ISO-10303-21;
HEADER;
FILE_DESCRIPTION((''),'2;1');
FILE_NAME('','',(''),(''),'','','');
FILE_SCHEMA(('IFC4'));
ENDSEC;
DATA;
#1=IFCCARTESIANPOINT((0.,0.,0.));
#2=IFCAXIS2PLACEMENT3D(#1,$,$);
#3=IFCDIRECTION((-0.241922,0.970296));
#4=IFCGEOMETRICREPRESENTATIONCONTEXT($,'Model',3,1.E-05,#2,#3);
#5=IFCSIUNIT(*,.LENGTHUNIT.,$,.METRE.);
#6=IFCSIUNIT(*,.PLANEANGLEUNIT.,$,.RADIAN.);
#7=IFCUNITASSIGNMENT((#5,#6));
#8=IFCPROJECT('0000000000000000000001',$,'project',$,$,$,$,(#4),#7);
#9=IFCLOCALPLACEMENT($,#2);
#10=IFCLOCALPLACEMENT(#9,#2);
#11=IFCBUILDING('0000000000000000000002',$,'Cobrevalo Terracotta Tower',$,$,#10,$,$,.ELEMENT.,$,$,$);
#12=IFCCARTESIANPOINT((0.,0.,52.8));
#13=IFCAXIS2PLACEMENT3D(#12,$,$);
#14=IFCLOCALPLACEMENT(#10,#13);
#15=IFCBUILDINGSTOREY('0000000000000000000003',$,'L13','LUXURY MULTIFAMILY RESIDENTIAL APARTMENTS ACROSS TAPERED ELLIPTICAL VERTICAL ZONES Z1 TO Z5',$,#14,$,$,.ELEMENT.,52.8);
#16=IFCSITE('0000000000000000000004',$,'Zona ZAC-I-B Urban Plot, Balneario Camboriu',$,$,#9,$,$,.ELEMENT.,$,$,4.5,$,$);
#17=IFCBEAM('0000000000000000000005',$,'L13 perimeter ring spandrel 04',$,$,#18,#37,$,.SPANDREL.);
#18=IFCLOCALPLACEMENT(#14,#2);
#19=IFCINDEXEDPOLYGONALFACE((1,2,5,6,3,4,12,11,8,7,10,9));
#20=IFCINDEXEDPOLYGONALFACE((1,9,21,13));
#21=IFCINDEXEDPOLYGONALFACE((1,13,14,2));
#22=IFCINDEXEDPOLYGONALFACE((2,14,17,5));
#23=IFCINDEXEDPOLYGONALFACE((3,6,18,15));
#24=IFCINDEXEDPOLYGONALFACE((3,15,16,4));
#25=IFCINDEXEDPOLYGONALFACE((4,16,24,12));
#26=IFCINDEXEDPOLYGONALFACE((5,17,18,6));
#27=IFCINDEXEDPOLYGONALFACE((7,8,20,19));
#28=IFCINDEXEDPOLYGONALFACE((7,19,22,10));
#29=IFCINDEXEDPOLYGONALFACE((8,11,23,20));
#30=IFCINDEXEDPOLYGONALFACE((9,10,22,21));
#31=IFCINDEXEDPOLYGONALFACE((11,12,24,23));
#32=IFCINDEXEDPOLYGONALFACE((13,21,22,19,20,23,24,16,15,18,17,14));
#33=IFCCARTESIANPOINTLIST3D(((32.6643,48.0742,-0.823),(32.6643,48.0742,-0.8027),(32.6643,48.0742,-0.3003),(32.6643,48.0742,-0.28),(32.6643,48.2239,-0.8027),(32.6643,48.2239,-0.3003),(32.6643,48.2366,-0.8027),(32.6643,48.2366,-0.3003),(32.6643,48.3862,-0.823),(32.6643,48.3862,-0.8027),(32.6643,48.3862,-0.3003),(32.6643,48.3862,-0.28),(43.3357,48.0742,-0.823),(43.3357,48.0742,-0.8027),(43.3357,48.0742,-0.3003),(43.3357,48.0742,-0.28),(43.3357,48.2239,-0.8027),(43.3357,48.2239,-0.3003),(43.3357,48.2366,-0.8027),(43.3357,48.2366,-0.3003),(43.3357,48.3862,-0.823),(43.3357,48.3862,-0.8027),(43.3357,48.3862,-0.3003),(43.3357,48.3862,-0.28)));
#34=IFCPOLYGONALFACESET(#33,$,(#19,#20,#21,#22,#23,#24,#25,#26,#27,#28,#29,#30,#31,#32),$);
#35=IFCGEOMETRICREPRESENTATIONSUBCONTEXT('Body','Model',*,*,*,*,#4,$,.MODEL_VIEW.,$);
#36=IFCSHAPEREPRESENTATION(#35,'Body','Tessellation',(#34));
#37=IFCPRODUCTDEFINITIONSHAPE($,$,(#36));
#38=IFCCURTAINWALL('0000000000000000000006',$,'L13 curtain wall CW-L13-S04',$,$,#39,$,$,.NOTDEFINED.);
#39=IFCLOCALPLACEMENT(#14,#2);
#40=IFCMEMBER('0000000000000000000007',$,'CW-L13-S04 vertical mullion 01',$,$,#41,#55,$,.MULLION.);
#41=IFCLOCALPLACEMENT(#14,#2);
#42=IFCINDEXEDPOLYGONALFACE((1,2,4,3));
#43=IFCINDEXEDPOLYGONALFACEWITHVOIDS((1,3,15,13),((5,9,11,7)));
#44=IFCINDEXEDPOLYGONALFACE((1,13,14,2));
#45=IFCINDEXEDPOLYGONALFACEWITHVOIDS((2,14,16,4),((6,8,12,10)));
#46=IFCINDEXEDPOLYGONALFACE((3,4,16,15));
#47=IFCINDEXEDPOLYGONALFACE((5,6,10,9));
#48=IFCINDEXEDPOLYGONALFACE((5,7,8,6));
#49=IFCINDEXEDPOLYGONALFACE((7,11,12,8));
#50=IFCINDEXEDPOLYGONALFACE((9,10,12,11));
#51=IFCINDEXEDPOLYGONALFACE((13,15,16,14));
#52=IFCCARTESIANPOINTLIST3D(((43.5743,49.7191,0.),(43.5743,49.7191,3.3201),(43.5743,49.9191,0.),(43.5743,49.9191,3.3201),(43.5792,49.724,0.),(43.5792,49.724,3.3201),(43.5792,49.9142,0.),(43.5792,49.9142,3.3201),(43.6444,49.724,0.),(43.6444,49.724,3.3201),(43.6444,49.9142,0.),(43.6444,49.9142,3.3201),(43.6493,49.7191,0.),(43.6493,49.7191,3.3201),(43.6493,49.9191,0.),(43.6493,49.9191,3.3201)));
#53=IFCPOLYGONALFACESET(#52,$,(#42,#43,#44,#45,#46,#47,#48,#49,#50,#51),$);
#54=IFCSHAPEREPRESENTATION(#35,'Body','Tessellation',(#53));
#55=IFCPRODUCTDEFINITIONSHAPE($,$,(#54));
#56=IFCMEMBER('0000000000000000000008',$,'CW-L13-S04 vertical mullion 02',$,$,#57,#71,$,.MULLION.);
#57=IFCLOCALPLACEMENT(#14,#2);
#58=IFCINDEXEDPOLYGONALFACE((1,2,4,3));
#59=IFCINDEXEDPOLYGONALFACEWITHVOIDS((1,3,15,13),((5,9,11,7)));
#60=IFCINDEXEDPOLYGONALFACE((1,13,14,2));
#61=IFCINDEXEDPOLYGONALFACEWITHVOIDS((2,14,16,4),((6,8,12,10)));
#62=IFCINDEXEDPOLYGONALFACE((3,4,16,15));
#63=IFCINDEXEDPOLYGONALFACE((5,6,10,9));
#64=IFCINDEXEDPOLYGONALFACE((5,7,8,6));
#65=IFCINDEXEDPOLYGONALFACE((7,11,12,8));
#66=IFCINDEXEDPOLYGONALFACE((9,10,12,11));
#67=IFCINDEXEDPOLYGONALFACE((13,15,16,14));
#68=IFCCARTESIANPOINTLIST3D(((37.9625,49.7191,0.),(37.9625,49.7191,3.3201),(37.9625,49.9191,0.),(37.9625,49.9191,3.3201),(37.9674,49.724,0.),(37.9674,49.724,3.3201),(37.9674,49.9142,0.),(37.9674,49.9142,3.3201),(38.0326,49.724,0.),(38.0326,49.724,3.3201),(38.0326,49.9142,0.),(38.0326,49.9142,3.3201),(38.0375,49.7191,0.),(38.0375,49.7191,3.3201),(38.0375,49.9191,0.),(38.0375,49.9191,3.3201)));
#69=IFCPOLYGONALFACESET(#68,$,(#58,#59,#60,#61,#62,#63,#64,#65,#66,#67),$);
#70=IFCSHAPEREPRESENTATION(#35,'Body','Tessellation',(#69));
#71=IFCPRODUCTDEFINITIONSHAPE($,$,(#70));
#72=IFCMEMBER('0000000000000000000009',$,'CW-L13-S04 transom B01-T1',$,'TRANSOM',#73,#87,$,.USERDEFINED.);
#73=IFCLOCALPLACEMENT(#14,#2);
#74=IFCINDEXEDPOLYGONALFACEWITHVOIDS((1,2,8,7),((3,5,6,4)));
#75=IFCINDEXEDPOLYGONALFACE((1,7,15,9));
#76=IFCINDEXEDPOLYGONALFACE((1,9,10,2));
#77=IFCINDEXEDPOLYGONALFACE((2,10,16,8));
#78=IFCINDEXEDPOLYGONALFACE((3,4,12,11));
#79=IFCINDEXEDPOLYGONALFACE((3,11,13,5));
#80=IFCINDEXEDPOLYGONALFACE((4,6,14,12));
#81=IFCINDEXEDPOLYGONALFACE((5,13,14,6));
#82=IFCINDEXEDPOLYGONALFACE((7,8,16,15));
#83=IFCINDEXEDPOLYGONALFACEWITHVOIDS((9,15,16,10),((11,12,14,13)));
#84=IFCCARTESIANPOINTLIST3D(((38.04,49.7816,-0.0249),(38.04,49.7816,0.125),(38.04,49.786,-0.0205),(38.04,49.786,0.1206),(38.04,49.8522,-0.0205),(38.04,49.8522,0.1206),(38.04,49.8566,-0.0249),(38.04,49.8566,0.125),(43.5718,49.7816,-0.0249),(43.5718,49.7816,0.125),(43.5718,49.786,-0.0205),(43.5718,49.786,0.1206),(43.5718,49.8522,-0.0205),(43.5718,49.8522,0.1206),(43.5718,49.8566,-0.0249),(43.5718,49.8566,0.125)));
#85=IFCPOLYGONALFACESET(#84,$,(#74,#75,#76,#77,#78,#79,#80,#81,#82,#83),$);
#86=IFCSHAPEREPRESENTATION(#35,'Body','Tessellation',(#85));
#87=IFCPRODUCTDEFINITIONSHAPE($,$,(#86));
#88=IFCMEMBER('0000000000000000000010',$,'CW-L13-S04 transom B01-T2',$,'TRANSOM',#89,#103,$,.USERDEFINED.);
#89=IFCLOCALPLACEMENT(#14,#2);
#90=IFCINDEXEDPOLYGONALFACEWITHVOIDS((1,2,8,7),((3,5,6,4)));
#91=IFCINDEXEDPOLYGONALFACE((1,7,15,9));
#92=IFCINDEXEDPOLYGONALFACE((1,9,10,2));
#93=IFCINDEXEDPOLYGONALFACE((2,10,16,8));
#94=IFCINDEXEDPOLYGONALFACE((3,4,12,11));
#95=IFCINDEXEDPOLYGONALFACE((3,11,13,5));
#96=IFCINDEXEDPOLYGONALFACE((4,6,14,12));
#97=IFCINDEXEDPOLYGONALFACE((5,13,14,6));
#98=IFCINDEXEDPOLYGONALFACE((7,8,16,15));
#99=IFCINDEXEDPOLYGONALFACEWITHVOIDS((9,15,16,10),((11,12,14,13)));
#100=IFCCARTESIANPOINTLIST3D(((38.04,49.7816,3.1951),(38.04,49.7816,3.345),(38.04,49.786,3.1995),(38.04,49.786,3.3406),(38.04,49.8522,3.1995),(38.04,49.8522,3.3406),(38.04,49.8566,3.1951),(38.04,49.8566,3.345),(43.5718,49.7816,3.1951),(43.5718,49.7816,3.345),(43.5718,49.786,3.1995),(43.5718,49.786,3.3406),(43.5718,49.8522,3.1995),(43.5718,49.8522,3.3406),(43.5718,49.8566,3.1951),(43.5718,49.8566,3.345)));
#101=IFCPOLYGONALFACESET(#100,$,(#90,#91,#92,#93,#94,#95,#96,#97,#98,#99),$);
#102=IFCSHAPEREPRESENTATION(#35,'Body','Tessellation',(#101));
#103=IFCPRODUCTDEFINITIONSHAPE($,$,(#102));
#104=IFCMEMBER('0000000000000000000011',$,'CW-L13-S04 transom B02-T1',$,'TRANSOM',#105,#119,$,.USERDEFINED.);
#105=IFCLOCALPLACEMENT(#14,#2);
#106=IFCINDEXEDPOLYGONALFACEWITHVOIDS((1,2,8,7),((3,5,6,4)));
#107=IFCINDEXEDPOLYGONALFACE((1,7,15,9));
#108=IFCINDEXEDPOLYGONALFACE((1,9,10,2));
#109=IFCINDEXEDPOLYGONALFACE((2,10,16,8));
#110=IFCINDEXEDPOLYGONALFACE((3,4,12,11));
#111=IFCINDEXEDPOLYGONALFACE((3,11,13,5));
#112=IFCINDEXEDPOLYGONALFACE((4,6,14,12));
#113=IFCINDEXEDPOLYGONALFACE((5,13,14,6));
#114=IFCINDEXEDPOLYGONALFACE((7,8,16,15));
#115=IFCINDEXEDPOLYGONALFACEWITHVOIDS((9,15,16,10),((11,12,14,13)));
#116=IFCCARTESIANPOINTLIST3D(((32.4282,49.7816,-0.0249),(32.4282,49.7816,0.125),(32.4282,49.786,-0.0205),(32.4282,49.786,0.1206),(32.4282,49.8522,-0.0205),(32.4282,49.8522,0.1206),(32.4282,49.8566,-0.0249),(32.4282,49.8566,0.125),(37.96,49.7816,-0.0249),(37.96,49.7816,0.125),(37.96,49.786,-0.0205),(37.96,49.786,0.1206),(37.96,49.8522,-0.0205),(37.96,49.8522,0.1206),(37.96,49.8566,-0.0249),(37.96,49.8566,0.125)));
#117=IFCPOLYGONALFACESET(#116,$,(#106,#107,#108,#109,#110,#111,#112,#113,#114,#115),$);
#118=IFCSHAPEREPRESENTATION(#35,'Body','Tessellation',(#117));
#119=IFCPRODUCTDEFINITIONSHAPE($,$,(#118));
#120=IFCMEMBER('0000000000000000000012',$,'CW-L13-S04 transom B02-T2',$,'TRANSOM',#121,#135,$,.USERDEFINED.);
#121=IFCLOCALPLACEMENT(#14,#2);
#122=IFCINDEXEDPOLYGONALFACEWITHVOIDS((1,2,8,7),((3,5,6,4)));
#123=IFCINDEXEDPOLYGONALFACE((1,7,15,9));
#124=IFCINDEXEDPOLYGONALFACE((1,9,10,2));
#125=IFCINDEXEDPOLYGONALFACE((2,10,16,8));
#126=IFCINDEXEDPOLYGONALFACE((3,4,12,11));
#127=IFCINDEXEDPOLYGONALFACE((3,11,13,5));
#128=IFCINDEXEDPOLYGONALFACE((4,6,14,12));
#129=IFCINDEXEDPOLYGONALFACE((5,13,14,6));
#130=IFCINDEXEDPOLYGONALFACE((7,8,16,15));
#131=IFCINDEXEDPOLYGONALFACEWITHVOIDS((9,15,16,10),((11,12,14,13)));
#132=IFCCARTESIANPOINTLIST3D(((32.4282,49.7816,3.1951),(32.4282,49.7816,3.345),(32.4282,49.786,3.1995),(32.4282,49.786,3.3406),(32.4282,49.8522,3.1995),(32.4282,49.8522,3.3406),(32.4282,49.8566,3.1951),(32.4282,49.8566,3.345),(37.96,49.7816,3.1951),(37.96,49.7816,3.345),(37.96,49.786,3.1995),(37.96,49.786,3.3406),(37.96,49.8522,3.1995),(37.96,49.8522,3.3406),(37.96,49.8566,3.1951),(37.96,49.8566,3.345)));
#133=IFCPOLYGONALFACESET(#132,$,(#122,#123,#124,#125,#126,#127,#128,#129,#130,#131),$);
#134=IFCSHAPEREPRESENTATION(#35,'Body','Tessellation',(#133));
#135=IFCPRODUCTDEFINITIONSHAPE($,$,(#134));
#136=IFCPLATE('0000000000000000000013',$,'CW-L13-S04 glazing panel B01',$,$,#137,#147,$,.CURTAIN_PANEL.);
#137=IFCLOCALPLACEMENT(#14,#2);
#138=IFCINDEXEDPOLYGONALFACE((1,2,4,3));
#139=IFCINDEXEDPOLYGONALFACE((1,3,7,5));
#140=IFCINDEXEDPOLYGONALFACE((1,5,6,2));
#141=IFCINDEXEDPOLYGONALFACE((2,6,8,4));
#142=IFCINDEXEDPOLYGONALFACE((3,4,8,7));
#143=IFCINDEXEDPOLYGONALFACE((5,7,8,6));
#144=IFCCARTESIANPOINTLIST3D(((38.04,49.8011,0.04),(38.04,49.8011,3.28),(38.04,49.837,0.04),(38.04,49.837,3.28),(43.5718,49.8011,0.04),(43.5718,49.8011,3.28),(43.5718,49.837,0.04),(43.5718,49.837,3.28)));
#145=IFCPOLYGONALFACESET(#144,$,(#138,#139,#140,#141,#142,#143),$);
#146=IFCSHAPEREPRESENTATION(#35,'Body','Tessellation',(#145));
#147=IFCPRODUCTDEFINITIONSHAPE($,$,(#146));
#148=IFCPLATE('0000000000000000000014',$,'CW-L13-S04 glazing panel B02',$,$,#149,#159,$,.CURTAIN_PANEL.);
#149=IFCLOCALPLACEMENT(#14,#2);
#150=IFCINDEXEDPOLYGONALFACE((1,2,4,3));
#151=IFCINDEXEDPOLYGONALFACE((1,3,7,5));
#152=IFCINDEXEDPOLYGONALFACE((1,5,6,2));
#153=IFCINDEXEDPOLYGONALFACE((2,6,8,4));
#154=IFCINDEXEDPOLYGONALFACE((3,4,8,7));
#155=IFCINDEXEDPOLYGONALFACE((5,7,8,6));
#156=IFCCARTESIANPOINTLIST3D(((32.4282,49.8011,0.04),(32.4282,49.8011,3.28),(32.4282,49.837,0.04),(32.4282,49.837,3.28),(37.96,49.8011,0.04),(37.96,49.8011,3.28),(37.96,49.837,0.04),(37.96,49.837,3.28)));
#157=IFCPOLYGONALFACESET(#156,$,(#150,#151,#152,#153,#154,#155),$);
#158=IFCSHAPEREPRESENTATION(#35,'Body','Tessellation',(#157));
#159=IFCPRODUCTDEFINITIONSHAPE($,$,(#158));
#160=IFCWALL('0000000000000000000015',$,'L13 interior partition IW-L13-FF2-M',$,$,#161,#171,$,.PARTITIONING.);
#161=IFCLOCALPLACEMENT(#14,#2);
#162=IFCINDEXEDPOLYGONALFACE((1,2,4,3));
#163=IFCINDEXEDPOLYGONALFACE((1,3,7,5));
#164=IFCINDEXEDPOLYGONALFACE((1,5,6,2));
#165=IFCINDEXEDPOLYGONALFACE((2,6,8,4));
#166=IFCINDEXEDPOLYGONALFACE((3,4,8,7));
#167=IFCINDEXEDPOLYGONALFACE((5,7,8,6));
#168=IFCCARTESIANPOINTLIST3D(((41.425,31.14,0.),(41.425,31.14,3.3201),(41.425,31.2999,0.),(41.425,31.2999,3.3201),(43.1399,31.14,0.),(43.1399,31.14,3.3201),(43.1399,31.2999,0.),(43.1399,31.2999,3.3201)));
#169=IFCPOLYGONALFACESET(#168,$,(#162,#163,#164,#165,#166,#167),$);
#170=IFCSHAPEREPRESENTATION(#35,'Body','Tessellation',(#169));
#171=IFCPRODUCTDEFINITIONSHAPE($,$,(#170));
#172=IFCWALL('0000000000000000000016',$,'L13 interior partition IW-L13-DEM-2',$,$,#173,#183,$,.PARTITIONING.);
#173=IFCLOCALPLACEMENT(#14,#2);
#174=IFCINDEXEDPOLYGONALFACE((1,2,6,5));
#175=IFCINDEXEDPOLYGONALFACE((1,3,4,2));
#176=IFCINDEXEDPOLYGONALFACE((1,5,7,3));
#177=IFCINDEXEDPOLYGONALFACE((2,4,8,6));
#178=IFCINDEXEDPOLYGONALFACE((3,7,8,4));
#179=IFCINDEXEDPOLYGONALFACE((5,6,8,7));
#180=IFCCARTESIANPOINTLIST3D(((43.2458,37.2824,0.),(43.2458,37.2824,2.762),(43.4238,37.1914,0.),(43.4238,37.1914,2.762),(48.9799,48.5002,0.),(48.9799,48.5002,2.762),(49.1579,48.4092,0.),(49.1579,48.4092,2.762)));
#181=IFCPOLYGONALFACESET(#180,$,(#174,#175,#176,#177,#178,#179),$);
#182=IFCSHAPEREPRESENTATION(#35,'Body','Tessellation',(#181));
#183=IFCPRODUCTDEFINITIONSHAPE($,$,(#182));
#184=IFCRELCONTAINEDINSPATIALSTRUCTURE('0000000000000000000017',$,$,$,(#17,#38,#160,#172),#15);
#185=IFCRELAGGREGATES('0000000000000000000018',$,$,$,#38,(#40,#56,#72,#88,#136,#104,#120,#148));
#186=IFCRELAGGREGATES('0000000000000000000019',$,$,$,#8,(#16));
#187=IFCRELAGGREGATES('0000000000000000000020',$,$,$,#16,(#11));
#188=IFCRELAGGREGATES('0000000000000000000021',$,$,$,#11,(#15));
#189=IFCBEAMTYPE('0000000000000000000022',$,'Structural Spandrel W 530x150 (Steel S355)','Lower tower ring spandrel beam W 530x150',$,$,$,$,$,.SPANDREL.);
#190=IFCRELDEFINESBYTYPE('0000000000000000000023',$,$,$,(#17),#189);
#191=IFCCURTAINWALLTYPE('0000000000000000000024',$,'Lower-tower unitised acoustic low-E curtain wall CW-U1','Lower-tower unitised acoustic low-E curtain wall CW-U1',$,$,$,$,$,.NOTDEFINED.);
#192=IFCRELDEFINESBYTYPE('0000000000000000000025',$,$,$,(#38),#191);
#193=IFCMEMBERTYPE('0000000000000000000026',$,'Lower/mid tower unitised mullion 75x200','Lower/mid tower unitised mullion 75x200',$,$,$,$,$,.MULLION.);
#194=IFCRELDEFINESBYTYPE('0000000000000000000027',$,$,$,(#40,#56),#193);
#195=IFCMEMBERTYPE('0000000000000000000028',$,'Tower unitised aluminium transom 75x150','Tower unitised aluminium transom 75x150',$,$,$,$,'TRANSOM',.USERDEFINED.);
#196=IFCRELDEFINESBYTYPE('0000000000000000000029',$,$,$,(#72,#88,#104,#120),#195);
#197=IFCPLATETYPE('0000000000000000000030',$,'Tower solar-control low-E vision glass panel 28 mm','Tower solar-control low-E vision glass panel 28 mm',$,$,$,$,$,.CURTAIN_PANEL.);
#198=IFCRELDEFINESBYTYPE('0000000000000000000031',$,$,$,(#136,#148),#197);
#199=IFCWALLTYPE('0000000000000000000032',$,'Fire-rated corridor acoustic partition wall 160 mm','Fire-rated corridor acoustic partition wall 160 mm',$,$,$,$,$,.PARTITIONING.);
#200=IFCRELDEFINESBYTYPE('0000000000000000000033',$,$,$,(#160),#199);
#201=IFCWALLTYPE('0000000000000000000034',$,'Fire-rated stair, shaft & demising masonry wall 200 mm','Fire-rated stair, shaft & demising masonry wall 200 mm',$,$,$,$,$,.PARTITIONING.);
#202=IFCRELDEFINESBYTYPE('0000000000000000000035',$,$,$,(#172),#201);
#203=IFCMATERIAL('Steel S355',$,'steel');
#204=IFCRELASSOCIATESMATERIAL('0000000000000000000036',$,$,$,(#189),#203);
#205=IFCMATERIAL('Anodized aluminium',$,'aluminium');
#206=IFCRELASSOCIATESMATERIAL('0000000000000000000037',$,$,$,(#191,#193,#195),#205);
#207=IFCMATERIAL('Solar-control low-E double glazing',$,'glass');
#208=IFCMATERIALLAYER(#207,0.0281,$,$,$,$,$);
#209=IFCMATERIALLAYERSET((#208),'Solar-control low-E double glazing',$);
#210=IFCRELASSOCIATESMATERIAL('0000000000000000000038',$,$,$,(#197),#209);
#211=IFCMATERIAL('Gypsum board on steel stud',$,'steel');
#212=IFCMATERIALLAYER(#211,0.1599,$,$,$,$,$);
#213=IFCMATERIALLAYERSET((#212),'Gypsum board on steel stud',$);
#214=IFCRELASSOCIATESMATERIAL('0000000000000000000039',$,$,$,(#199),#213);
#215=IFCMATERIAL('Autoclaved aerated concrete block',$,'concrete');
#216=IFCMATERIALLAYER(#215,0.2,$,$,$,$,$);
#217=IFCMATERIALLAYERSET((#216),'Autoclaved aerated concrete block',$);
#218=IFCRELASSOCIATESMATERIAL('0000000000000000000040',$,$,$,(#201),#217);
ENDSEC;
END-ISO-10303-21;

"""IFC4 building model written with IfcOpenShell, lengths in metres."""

from ifc_helpers import new_model, si_unit, direction, frame, frame_2d, origin, origin_2d, place, context, subcontext, project, spatial, rectangle, hollow_rectangle, i_section, extrude, source, transform, mapped, material, layer, layer_set, material_profile, profile_set, type_object, element, aggregate, save


model = new_model("IFC4")

# Units and contexts
model_context = context("Model", 3, precision=1e-05, world=origin(), true_north=direction((-0.241922, 0.970296)))
body_context = subcontext(model_context, "Body", "Model", "MODEL_VIEW")
ifc_project = project(units=[si_unit("LENGTHUNIT", "METRE"), si_unit("PLANEANGLEUNIT", "RADIAN")], contexts=[model_context])

# Site, building, storey
site_placement = place(None, origin())
site = spatial("IfcSite", under=ifc_project, at=site_placement, Name="Zona ZAC-I-B Urban Plot, Balneario Camboriu", CompositionType="ELEMENT", RefElevation=4.5)
building_placement = place(site_placement, origin())
building = spatial("IfcBuilding", under=site, at=building_placement, Name="Cobrevalo Terracotta Tower", CompositionType="ELEMENT")
storey_placement = place(building_placement, frame((0.0, 0.0, 52.8)))
storey = spatial("IfcBuildingStorey", under=building, at=storey_placement, Name="L13", Description="LUXURY MULTIFAMILY RESIDENTIAL APARTMENTS ACROSS TAPERED ELLIPTICAL VERTICAL ZONES Z1 TO Z5", CompositionType="ELEMENT", Elevation=52.8)

# Shared definitions
ifc_material_1 = material(Name="Steel S355", Category="steel")

# Beam
ifc_material_profile_1 = material_profile(ifc_material_1, i_section(OverallWidth=0.312, OverallDepth=0.543, WebThickness=0.0127, FlangeThickness=0.0203, at=origin_2d()), Name="W 530x150")
ifc_profile_set_1 = profile_set([ifc_material_profile_1], Name="Steel S355")
beam_type_1 = type_object("IfcBeamType", Name="Structural Spandrel W 530x150 (Steel S355)", Description="Lower tower ring spandrel beam W 530x150", PredefinedType="SPANDREL", material=ifc_profile_set_1)
beam_1_placement = place(storey_placement, frame((43.3357, 48.2302, -0.5515), z_axis=(-1.0, 0.0, 0.0), x_axis=(0.0, -1.0, 0.0)))
element("IfcBeam", 1, at=beam_1_placement, inside=storey, type_object=beam_type_1, Name="L13 perimeter ring spandrel 04", PredefinedType="SPANDREL", context=body_context, shape_type="SweptSolid", body=[
    extrude(i_section(OverallWidth=0.312, OverallDepth=0.543, WebThickness=0.0127, FlangeThickness=0.0203, at=origin_2d()), origin(), (0.0, 0.0, 1.0), 10.6714),
])

# Curtain wall, members, plates
ifc_material_2 = material(Name="Anodized aluminium", Category="aluminium")
curtain_wall_type = type_object("IfcCurtainWallType", Name="Lower-tower unitised acoustic low-E curtain wall CW-U1", Description="Lower-tower unitised acoustic low-E curtain wall CW-U1", PredefinedType="NOTDEFINED", material=ifc_material_2)
curtain_wall_placement = place(storey_placement, origin())
curtain_wall = element("IfcCurtainWall", 2, at=curtain_wall_placement, inside=storey, type_object=curtain_wall_type, Name="L13 curtain wall CW-L13-S04", PredefinedType="NOTDEFINED")
ifc_material_profile_2 = material_profile(ifc_material_2, hollow_rectangle(XDim=0.075, YDim=0.2, WallThickness=0.0049, at=origin_2d()), Name="CWM 75x200")
ifc_profile_set_2 = profile_set([ifc_material_profile_2], Name="Anodized aluminium")
member_type_1 = type_object("IfcMemberType", Name="Lower/mid tower unitised mullion 75x200", Description="Lower/mid tower unitised mullion 75x200", PredefinedType="MULLION", material=ifc_profile_set_2)
shared_shape_1 = source(origin(), body_context, "Body", "SweptSolid", [
    extrude(hollow_rectangle(XDim=0.075, YDim=0.2, WallThickness=0.0049, at=origin_2d()), origin(), (0.0, 0.0, 1.0), 3.3201),
])
member_1_placement = place(storey_placement, frame((43.6118, 49.8191, 0.0), z_axis=(0.0, 0.0, 1.0), x_axis=(-1.0, 0.0, 0.0)))
member_1 = element("IfcMember", 3, at=member_1_placement, type_object=member_type_1, Name="CW-L13-S04 vertical mullion 01", PredefinedType="MULLION", context=body_context, shape_type="MappedRepresentation", body=[
    mapped(shared_shape_1, transform((0.0, 0.0, 0.0), scale=1.0)),
])
member_2_placement = place(storey_placement, frame((38.0, 49.8191, 0.0), z_axis=(0.0, 0.0, 1.0), x_axis=(-1.0, 0.0, 0.0)))
member_2 = element("IfcMember", 4, at=member_2_placement, type_object=member_type_1, Name="CW-L13-S04 vertical mullion 02", PredefinedType="MULLION", context=body_context, shape_type="MappedRepresentation", body=[
    mapped(shared_shape_1, transform((0.0, 0.0, 0.0), scale=1.0)),
])
ifc_material_profile_3 = material_profile(ifc_material_2, hollow_rectangle(XDim=0.075, YDim=0.1499, WallThickness=0.0044, at=origin_2d()), Name="CWT 75x150")
ifc_profile_set_3 = profile_set([ifc_material_profile_3], Name="Anodized aluminium")
member_type_2 = type_object("IfcMemberType", Name="Tower unitised aluminium transom 75x150", Description="Tower unitised aluminium transom 75x150", ElementType="TRANSOM", PredefinedType="USERDEFINED", material=ifc_profile_set_3)
shared_shape_2 = source(origin(), body_context, "Body", "SweptSolid", [
    extrude(hollow_rectangle(XDim=0.075, YDim=0.1499, WallThickness=0.0044, at=origin_2d()), origin(), (0.0, 0.0, 1.0), 5.5317),
])
member_3_placement = place(storey_placement, frame((43.5718, 49.8191, 0.05), z_axis=(-1.0, 0.0, 0.0), x_axis=(0.0, -1.0, 0.0)))
member_3 = element("IfcMember", 5, at=member_3_placement, type_object=member_type_2, Name="CW-L13-S04 transom B01-T1", ObjectType="TRANSOM", PredefinedType="USERDEFINED", context=body_context, shape_type="MappedRepresentation", body=[
    mapped(shared_shape_2, transform((0.0, 0.0, 0.0), scale=1.0)),
])
member_4_placement = place(storey_placement, frame((43.5718, 49.8191, 3.27), z_axis=(-1.0, 0.0, 0.0), x_axis=(0.0, -1.0, 0.0)))
member_4 = element("IfcMember", 6, at=member_4_placement, type_object=member_type_2, Name="CW-L13-S04 transom B01-T2", ObjectType="TRANSOM", PredefinedType="USERDEFINED", context=body_context, shape_type="MappedRepresentation", body=[
    mapped(shared_shape_2, transform((0.0, 0.0, 0.0), scale=1.0)),
])
member_5_placement = place(storey_placement, frame((37.96, 49.8191, 0.05), z_axis=(-1.0, 0.0, 0.0), x_axis=(0.0, -1.0, 0.0)))
member_5 = element("IfcMember", 7, at=member_5_placement, type_object=member_type_2, Name="CW-L13-S04 transom B02-T1", ObjectType="TRANSOM", PredefinedType="USERDEFINED", context=body_context, shape_type="MappedRepresentation", body=[
    mapped(shared_shape_2, transform((0.0, 0.0, 0.0), scale=1.0)),
])
member_6_placement = place(storey_placement, frame((37.96, 49.8191, 3.27), z_axis=(-1.0, 0.0, 0.0), x_axis=(0.0, -1.0, 0.0)))
member_6 = element("IfcMember", 8, at=member_6_placement, type_object=member_type_2, Name="CW-L13-S04 transom B02-T2", ObjectType="TRANSOM", PredefinedType="USERDEFINED", context=body_context, shape_type="MappedRepresentation", body=[
    mapped(shared_shape_2, transform((0.0, 0.0, 0.0), scale=1.0)),
])
ifc_material_3 = material(Name="Solar-control low-E double glazing", Category="glass")
ifc_layer_1 = layer(ifc_material_3, 0.0281)
ifc_layer_set_1 = layer_set([ifc_layer_1], Name="Solar-control low-E double glazing")
plate_type = type_object("IfcPlateType", Name="Tower solar-control low-E vision glass panel 28 mm", Description="Tower solar-control low-E vision glass panel 28 mm", PredefinedType="CURTAIN_PANEL", material=ifc_layer_set_1)
shared_shape_3 = source(origin(), body_context, "Body", "SweptSolid", [
    extrude(rectangle(XDim=5.5317, YDim=0.0359, at=origin_2d()), origin(), (0.0, 0.0, 1.0), 3.24),
])
plate_1_placement = place(storey_placement, frame((40.8059, 49.8191, 0.04), z_axis=(0.0, 0.0, 1.0), x_axis=(-1.0, 0.0, 0.0)))
plate_1 = element("IfcPlate", 9, at=plate_1_placement, type_object=plate_type, Name="CW-L13-S04 glazing panel B01", PredefinedType="CURTAIN_PANEL", context=body_context, shape_type="MappedRepresentation", body=[
    mapped(shared_shape_3, transform((0.0, 0.0, 0.0), scale=1.0)),
])
plate_2_placement = place(storey_placement, frame((35.1941, 49.8191, 0.04), z_axis=(0.0, 0.0, 1.0), x_axis=(-1.0, 0.0, 0.0)))
plate_2 = element("IfcPlate", 10, at=plate_2_placement, type_object=plate_type, Name="CW-L13-S04 glazing panel B02", PredefinedType="CURTAIN_PANEL", context=body_context, shape_type="MappedRepresentation", body=[
    mapped(shared_shape_3, transform((0.0, 0.0, 0.0), scale=1.0)),
])
aggregate(curtain_wall, [member_1, member_2, member_3, member_4, plate_1, member_5, member_6, plate_2])

# Walls
ifc_material_4 = material(Name="Gypsum board on steel stud", Category="steel")
ifc_layer_2 = layer(ifc_material_4, 0.1599)
ifc_layer_set_2 = layer_set([ifc_layer_2], Name="Gypsum board on steel stud")
wall_type_1 = type_object("IfcWallType", Name="Fire-rated corridor acoustic partition wall 160 mm", Description="Fire-rated corridor acoustic partition wall 160 mm", PredefinedType="PARTITIONING", material=ifc_layer_set_2)
wall_1_placement = place(storey_placement, frame((41.425, 31.22, 0.0), z_axis=(0.0, 0.0, 1.0), x_axis=(1.0, 0.0, 0.0)))
element("IfcWall", 11, at=wall_1_placement, inside=storey, type_object=wall_type_1, Name="L13 interior partition IW-L13-FF2-M", PredefinedType="PARTITIONING", context=body_context, shape_type="SweptSolid", body=[
    extrude(rectangle(XDim=1.7148, YDim=0.1599, at=frame_2d((0.8574, 0.0))), origin(), (0.0, 0.0, 1.0), 3.3201),
])
ifc_material_5 = material(Name="Autoclaved aerated concrete block", Category="concrete")
ifc_layer_3 = layer(ifc_material_5, 0.2)
ifc_layer_set_3 = layer_set([ifc_layer_3], Name="Autoclaved aerated concrete block")
wall_type_2 = type_object("IfcWallType", Name="Fire-rated stair, shaft & demising masonry wall 200 mm", Description="Fire-rated stair, shaft & demising masonry wall 200 mm", PredefinedType="PARTITIONING", material=ifc_layer_set_3)
wall_2_placement = place(storey_placement, frame((43.3347, 37.2368, 0.0), z_axis=(0.0, 0.0, 1.0), x_axis=(0.455149, 0.890415, 0.0)))
element("IfcWall", 12, at=wall_2_placement, inside=storey, type_object=wall_type_2, Name="L13 interior partition IW-L13-DEM-2", PredefinedType="PARTITIONING", context=body_context, shape_type="SweptSolid", body=[
    extrude(rectangle(XDim=12.5984, YDim=0.2, at=frame_2d((6.2993, 0.0))), origin(), (0.0, 0.0, 1.0), 2.762),
])

save(model, "model.ifc")
